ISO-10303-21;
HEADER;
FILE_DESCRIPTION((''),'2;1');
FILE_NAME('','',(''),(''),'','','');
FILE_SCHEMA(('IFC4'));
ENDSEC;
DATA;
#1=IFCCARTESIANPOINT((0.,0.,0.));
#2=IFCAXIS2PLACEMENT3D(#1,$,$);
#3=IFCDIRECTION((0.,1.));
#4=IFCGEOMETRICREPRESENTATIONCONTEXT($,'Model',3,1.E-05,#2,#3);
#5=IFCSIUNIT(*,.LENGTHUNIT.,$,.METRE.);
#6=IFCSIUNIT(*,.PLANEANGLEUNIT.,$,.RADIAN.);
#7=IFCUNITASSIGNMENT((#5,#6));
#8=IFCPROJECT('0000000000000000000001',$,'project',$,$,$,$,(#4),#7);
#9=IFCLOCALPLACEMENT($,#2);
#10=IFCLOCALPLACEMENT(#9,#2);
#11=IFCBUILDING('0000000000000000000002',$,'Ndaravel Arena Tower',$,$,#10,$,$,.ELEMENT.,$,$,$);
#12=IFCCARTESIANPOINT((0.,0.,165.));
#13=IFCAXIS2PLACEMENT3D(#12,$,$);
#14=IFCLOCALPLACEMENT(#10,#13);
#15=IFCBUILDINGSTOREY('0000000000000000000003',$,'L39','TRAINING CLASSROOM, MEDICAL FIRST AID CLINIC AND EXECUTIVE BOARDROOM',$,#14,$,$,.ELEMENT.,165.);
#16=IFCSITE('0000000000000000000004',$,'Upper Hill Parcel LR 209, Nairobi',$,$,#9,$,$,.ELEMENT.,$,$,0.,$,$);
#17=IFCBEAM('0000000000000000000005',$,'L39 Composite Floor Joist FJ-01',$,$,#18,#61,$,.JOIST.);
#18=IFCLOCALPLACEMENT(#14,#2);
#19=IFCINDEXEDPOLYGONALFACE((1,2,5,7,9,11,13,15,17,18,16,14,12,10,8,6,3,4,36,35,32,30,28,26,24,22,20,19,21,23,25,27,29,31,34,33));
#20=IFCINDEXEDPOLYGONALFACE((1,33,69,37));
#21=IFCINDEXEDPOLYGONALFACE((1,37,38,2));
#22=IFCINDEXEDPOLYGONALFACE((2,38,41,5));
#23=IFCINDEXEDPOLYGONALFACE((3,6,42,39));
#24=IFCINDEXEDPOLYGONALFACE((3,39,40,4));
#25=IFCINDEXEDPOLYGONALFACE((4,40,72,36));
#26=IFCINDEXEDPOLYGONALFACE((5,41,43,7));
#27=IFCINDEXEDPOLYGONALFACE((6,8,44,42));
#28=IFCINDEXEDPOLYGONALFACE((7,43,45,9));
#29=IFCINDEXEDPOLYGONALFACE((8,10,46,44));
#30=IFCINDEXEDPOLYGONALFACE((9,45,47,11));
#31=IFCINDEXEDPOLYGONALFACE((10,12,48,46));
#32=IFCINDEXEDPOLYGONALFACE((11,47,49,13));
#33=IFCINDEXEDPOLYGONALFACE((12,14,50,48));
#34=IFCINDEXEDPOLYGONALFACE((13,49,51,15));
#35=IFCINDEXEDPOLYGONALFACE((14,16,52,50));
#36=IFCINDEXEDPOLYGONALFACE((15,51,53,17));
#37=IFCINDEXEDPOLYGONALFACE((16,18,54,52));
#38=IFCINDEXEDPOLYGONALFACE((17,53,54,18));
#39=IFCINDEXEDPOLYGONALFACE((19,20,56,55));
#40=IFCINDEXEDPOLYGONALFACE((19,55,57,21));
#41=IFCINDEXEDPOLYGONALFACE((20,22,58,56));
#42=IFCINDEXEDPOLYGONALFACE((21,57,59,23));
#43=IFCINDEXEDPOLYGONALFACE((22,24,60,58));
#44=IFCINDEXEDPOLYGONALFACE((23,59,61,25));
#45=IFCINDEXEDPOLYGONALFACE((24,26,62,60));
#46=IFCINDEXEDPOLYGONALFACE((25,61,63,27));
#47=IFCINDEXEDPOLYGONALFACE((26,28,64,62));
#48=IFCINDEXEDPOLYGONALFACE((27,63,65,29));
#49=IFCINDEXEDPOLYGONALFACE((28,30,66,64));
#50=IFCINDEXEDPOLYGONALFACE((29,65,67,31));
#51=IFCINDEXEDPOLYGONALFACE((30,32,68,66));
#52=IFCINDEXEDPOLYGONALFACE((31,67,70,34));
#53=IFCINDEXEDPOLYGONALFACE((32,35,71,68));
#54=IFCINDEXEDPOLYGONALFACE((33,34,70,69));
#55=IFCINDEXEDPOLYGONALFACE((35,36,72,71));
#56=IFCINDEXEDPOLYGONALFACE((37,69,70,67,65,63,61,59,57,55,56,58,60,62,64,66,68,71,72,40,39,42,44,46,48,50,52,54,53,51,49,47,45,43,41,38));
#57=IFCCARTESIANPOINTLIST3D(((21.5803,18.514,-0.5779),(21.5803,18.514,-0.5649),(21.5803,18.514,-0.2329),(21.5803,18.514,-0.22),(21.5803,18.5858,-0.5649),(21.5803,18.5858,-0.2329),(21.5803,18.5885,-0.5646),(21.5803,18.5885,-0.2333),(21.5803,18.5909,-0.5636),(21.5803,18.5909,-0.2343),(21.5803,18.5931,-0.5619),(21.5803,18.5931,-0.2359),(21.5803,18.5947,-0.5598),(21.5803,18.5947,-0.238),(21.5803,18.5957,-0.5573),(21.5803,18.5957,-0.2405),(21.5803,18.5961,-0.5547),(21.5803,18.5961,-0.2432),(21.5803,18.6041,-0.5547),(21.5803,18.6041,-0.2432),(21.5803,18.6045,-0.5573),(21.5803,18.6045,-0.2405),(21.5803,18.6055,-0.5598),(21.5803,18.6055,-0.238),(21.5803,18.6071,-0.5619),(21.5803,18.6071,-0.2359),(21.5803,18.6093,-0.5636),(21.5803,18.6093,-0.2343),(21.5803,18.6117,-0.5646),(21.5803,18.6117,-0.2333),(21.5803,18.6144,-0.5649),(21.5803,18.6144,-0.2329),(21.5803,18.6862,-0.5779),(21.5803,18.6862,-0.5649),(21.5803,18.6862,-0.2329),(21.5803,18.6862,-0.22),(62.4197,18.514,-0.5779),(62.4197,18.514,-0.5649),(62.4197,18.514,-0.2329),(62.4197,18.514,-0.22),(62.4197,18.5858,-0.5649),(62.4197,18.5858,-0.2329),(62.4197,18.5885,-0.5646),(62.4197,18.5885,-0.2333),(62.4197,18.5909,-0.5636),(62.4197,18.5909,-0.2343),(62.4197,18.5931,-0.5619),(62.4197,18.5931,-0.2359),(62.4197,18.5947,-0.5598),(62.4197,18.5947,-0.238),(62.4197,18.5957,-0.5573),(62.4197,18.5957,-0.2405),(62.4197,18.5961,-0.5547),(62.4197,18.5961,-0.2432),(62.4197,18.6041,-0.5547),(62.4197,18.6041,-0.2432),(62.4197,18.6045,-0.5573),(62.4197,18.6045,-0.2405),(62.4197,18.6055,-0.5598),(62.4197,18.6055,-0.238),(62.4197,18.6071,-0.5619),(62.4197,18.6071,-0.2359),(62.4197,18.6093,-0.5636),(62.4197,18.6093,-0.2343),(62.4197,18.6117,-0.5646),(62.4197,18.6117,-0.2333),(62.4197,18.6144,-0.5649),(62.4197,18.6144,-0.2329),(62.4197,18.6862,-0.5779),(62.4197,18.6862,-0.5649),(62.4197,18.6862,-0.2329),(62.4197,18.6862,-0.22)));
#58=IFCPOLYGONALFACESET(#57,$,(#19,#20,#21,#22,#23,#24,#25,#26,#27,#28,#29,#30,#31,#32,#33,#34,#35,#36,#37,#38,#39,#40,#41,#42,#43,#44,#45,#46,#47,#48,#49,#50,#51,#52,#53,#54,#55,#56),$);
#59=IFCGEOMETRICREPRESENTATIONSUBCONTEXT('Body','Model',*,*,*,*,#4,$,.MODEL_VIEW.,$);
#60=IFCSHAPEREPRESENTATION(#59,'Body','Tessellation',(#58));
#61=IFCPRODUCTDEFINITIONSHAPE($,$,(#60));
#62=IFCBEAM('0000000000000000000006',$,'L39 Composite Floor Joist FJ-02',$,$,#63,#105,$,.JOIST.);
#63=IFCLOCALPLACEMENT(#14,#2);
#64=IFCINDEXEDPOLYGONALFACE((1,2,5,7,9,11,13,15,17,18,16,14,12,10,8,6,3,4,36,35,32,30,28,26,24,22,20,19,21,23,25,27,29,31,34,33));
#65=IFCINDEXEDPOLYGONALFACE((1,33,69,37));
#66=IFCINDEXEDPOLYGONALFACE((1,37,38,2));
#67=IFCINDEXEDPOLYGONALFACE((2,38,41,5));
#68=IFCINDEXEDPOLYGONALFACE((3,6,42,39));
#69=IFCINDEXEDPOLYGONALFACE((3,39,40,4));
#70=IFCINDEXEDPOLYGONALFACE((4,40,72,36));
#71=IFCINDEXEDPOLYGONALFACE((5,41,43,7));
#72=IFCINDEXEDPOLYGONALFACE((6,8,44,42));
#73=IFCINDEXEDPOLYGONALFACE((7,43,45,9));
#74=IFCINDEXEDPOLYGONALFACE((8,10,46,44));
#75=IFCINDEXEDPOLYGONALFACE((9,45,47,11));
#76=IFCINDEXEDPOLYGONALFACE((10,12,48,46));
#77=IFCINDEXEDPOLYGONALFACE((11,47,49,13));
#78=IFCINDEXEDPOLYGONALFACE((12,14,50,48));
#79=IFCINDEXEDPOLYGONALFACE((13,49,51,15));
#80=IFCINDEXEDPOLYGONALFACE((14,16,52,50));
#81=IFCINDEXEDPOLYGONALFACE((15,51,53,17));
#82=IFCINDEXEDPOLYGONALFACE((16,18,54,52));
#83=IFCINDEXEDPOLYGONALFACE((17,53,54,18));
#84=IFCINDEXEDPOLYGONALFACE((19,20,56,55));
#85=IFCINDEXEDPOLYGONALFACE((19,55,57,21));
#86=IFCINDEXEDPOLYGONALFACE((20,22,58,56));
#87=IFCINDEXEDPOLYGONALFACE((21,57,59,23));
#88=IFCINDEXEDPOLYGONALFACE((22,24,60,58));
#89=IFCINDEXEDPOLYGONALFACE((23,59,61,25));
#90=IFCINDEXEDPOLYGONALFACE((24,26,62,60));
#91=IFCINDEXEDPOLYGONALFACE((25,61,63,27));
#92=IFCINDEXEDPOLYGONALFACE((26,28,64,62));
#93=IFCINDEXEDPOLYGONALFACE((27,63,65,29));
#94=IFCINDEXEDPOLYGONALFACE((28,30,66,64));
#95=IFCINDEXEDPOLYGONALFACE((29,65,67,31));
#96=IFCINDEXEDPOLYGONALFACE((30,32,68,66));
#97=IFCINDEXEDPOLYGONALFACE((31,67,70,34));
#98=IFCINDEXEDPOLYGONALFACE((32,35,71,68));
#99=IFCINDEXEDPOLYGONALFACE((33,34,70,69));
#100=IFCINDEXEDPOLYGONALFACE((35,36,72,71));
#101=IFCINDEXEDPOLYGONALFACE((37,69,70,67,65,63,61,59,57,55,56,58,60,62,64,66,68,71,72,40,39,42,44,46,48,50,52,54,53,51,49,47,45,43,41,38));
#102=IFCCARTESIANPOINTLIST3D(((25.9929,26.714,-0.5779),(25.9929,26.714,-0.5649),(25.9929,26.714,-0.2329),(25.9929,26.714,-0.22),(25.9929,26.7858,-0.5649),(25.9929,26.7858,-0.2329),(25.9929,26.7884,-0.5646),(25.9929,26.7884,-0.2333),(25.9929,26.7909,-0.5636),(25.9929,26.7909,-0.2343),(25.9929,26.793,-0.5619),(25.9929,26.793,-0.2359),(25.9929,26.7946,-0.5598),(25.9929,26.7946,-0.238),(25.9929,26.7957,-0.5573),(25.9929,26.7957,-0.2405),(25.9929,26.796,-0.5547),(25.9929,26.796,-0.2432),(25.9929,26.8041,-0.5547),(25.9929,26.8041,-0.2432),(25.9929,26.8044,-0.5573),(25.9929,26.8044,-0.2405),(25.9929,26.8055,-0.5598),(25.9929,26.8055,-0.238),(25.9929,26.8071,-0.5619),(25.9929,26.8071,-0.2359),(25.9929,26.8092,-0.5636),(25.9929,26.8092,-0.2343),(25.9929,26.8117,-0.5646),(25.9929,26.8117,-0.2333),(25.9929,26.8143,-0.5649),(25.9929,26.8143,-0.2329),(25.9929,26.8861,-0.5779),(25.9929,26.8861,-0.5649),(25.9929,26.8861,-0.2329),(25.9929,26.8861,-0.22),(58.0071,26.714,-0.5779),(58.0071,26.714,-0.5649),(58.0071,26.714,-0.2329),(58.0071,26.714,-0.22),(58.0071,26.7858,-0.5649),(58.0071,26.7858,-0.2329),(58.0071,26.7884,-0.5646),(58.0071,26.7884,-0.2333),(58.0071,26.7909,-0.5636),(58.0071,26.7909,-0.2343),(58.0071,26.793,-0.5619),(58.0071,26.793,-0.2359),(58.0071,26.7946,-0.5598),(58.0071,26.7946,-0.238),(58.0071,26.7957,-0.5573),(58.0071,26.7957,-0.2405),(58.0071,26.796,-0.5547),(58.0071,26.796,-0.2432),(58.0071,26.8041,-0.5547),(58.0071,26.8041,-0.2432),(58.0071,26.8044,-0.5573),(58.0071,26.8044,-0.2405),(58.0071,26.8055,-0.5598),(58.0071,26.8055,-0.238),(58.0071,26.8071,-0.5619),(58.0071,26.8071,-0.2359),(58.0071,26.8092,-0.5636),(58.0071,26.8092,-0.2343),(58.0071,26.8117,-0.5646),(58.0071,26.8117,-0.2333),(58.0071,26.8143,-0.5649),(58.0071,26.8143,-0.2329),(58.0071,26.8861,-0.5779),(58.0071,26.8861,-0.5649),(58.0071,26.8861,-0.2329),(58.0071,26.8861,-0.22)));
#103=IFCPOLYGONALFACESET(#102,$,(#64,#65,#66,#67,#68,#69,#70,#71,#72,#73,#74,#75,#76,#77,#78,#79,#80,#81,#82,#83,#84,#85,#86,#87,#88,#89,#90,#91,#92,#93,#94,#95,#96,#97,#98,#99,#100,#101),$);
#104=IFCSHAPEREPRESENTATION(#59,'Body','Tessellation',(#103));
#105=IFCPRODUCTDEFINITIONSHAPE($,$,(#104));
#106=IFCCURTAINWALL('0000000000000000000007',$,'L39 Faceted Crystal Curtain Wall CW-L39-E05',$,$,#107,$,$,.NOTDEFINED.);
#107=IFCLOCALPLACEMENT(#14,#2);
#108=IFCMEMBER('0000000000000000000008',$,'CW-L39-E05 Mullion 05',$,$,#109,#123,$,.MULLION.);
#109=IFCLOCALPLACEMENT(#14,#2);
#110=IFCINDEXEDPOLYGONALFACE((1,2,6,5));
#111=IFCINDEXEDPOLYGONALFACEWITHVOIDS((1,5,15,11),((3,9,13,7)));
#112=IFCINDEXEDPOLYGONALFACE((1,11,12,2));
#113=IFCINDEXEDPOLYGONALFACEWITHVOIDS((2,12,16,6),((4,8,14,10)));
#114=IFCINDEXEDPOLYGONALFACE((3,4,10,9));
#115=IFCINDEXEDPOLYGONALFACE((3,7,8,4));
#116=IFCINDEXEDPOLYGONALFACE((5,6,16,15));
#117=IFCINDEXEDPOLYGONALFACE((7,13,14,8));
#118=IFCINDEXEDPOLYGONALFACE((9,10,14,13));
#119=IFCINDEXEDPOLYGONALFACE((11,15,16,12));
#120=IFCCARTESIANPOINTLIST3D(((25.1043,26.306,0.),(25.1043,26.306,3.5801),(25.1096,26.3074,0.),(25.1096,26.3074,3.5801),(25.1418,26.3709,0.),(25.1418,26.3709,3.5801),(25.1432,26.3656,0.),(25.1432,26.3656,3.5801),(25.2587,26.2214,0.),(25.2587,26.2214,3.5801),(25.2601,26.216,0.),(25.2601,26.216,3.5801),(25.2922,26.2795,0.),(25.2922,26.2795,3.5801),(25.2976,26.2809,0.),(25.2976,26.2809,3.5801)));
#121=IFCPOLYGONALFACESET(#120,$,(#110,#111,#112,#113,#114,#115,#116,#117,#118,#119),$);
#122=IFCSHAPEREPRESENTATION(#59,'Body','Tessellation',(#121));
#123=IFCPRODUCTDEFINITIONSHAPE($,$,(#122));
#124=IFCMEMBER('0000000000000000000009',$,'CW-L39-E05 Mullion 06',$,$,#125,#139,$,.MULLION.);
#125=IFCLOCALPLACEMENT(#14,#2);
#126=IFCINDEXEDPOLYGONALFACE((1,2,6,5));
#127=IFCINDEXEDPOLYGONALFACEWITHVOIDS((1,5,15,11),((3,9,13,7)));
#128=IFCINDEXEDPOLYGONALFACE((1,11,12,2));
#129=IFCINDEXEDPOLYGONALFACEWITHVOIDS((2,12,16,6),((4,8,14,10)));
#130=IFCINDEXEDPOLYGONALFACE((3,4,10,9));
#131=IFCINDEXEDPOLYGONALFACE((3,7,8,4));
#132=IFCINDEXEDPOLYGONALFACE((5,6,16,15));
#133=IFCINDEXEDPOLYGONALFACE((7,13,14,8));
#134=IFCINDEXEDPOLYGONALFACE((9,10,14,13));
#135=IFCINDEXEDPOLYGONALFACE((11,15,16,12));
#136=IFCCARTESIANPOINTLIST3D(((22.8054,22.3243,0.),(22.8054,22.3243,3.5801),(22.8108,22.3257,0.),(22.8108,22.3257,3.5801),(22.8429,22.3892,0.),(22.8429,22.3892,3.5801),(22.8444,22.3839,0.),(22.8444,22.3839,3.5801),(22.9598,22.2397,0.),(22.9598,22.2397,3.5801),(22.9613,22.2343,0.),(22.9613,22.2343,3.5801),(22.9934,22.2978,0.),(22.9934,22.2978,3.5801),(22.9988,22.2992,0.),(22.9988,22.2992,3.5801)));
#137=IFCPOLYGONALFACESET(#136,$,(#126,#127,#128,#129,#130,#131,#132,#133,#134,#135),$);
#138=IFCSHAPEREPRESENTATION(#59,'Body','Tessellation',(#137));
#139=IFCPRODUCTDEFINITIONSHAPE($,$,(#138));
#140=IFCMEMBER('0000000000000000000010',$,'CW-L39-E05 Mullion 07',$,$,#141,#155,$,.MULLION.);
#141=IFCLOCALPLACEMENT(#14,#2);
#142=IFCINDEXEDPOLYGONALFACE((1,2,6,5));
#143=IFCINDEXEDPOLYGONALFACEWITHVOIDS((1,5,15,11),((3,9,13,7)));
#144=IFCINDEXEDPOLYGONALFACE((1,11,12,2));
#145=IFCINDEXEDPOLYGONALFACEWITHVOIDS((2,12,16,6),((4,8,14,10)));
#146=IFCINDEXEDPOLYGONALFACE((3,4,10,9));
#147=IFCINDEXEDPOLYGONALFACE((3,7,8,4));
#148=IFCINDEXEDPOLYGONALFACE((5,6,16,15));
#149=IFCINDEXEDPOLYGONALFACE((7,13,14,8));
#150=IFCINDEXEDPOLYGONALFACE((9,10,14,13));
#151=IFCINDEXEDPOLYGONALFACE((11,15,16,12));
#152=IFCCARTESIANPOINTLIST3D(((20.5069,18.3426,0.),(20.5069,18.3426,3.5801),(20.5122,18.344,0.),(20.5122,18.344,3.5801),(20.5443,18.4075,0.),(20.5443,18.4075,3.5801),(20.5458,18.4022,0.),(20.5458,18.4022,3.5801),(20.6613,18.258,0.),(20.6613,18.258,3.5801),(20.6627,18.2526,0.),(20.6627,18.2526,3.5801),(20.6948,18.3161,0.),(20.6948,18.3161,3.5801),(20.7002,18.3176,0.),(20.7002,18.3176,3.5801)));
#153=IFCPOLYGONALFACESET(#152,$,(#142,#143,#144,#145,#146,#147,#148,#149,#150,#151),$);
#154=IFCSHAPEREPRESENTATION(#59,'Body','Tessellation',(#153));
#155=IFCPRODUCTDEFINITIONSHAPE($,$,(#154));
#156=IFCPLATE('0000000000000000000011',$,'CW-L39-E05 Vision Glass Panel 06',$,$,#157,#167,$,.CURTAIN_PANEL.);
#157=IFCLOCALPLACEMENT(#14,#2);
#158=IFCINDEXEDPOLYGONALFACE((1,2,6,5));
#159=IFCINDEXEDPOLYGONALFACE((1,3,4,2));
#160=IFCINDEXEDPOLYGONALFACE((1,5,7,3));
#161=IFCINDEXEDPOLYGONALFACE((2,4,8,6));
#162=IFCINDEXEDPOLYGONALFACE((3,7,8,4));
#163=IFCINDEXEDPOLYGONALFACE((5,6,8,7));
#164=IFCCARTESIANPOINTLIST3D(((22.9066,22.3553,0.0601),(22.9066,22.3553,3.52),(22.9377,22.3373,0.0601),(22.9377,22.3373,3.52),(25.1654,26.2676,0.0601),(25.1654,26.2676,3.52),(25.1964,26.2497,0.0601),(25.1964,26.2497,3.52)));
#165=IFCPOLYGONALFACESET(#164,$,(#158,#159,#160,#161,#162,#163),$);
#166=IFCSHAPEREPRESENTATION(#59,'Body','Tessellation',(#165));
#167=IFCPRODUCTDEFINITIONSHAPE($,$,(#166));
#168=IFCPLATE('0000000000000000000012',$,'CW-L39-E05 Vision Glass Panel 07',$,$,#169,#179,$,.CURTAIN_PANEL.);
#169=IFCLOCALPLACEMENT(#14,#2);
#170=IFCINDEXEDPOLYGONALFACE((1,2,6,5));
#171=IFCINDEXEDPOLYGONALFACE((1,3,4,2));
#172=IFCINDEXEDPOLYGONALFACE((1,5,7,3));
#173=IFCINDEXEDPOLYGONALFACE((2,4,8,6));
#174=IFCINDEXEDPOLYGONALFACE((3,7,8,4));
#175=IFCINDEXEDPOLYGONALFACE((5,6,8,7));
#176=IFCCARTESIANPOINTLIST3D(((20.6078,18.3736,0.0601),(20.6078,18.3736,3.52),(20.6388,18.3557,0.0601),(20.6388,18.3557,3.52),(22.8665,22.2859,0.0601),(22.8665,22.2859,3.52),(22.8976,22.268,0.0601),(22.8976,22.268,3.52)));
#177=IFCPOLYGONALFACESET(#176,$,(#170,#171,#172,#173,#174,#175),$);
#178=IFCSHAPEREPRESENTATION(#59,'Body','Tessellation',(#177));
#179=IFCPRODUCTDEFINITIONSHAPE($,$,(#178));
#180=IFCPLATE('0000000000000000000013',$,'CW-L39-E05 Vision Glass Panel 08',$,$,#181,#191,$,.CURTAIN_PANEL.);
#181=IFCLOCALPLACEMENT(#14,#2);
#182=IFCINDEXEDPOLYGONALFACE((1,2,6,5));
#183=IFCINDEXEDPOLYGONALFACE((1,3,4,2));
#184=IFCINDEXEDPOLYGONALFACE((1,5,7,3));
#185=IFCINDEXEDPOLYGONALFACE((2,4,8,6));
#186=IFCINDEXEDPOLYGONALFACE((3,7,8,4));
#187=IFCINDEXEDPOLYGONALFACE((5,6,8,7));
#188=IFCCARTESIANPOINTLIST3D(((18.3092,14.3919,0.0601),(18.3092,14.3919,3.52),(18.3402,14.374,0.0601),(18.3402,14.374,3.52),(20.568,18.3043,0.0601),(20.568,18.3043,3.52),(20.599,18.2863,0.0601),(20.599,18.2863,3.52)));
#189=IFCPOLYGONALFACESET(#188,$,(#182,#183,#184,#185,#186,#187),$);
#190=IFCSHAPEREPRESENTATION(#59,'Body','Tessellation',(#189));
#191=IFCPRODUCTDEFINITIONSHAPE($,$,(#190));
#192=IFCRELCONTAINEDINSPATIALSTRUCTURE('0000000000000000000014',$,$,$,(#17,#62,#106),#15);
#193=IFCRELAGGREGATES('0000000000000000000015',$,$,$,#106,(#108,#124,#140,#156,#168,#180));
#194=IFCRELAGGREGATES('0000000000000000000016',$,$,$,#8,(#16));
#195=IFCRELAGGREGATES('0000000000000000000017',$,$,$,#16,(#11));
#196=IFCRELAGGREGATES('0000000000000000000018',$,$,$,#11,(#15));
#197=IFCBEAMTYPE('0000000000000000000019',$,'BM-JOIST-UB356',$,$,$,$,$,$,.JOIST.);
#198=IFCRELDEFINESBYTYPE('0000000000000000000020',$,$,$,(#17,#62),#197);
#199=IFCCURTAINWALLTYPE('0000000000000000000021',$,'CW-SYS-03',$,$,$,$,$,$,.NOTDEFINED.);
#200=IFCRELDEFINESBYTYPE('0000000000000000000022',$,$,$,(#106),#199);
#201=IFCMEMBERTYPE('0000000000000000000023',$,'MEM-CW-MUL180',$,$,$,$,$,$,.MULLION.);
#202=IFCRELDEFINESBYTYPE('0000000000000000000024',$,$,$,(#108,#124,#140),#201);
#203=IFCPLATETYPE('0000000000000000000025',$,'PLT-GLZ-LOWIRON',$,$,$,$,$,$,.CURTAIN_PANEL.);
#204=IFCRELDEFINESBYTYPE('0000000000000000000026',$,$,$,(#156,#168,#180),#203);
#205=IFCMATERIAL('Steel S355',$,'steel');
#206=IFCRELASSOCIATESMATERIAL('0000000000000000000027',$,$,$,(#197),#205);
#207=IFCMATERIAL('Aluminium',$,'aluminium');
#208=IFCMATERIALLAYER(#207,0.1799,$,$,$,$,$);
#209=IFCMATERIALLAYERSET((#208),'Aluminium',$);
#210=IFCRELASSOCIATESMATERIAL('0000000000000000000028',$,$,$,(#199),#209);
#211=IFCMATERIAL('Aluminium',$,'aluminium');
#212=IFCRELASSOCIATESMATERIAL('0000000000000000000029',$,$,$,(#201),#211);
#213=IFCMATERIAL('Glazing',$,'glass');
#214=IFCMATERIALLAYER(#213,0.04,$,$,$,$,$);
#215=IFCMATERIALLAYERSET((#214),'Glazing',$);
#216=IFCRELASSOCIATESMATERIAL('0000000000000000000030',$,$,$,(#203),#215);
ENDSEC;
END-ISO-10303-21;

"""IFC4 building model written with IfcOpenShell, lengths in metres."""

from ifc_helpers import new_model, si_unit, direction, frame, origin, origin_2d, place, context, subcontext, project, spatial, rectangle, hollow_rectangle, i_section, extrude, material, layer, layer_set, material_profile, profile_set, type_object, element, aggregate, save


model = new_model("IFC4")

# Units and contexts
model_context = context("Model", 3, precision=1e-05, world=origin(), true_north=direction((0.0, 1.0)))
body_context = subcontext(model_context, "Body", "Model", "MODEL_VIEW")
ifc_project = project(units=[si_unit("LENGTHUNIT", "METRE"), si_unit("PLANEANGLEUNIT", "RADIAN")], contexts=[model_context])

# Site, building, storey
site_placement = place(None, origin())
site = spatial("IfcSite", under=ifc_project, at=site_placement, Name="Upper Hill Parcel LR 209, Nairobi", CompositionType="ELEMENT", RefElevation=0.0)
building_placement = place(site_placement, origin())
building = spatial("IfcBuilding", under=site, at=building_placement, Name="Ndaravel Arena Tower", CompositionType="ELEMENT")
storey_placement = place(building_placement, frame((0.0, 0.0, 165.0)))
storey = spatial("IfcBuildingStorey", under=building, at=storey_placement, Name="L39", Description="TRAINING CLASSROOM, MEDICAL FIRST AID CLINIC AND EXECUTIVE BOARDROOM", CompositionType="ELEMENT", Elevation=165.0)

# Beams
ifc_material_1 = material(Name="Steel S355", Category="steel")
ifc_material_profile_1 = material_profile(ifc_material_1, i_section(OverallWidth=0.1721, OverallDepth=0.3579, WebThickness=0.0081, FlangeThickness=0.0129, FilletRadius=0.0103, at=origin_2d()), Name="UB 356x171x57")
ifc_profile_set_1 = profile_set([ifc_material_profile_1], Name="Steel S355")
beam_type = type_object("IfcBeamType", Name="BM-JOIST-UB356", PredefinedType="JOIST", material=ifc_profile_set_1)
beam_1_placement = place(storey_placement, frame((21.5803, 18.6001, -0.3989), z_axis=(1.0, 0.0, 0.0), x_axis=(0.0, 1.0, 0.0)))
element("IfcBeam", 1, at=beam_1_placement, inside=storey, type_object=beam_type, Name="L39 Composite Floor Joist FJ-01", PredefinedType="JOIST", context=body_context, shape_type="SweptSolid", body=[
    extrude(i_section(OverallWidth=0.1721, OverallDepth=0.3579, WebThickness=0.0081, FlangeThickness=0.0129, FilletRadius=0.0103, at=origin_2d()), origin(), (0.0, 0.0, 1.0), 40.8394),
])
beam_2_placement = place(storey_placement, frame((25.9929, 26.8, -0.3989), z_axis=(1.0, 0.0, 0.0), x_axis=(0.0, 1.0, 0.0)))
element("IfcBeam", 2, at=beam_2_placement, inside=storey, type_object=beam_type, Name="L39 Composite Floor Joist FJ-02", PredefinedType="JOIST", context=body_context, shape_type="SweptSolid", body=[
    extrude(i_section(OverallWidth=0.1721, OverallDepth=0.3579, WebThickness=0.0081, FlangeThickness=0.0129, FilletRadius=0.0103, at=origin_2d()), origin(), (0.0, 0.0, 1.0), 32.0142),
])

# Curtain wall, members, plates
ifc_material_2 = material(Name="Aluminium", Category="aluminium")
ifc_layer_1 = layer(ifc_material_2, 0.1799)
ifc_layer_set_1 = layer_set([ifc_layer_1], Name="Aluminium")
curtain_wall_type = type_object("IfcCurtainWallType", Name="CW-SYS-03", PredefinedType="NOTDEFINED", material=ifc_layer_set_1)
curtain_wall_placement = place(storey_placement, origin())
curtain_wall = element("IfcCurtainWall", 3, at=curtain_wall_placement, inside=storey, type_object=curtain_wall_type, Name="L39 Faceted Crystal Curtain Wall CW-L39-E05", PredefinedType="NOTDEFINED")
ifc_material_3 = material(Name="Aluminium", Category="aluminium")
ifc_material_profile_2 = material_profile(ifc_material_3, hollow_rectangle(XDim=0.075, YDim=0.1799, WallThickness=0.0039, at=origin_2d()), Name="CW MULLION 75x180x4")
ifc_profile_set_2 = profile_set([ifc_material_profile_2], Name="Aluminium")
member_type = type_object("IfcMemberType", Name="MEM-CW-MUL180", PredefinedType="MULLION", material=ifc_profile_set_2)
member_1_placement = place(storey_placement, frame((25.2009, 26.2935, 0.0), z_axis=(0.0, 0.0, 1.0), x_axis=(-0.5, -0.866025, 0.0)))
member_1 = element("IfcMember", 4, at=member_1_placement, type_object=member_type, Name="CW-L39-E05 Mullion 05", PredefinedType="MULLION", context=body_context, shape_type="SweptSolid", body=[
    extrude(hollow_rectangle(XDim=0.075, YDim=0.1799, WallThickness=0.0039, at=origin_2d()), origin(), (0.0, 0.0, 1.0), 3.5801),
])
member_2_placement = place(storey_placement, frame((22.9021, 22.3118, 0.0), z_axis=(0.0, 0.0, 1.0), x_axis=(-0.5, -0.866025, 0.0)))
member_2 = element("IfcMember", 5, at=member_2_placement, type_object=member_type, Name="CW-L39-E05 Mullion 06", PredefinedType="MULLION", context=body_context, shape_type="SweptSolid", body=[
    extrude(hollow_rectangle(XDim=0.075, YDim=0.1799, WallThickness=0.0039, at=origin_2d()), origin(), (0.0, 0.0, 1.0), 3.5801),
])
member_3_placement = place(storey_placement, frame((20.6035, 18.3301, 0.0), z_axis=(0.0, 0.0, 1.0), x_axis=(-0.5, -0.866025, 0.0)))
member_3 = element("IfcMember", 6, at=member_3_placement, type_object=member_type, Name="CW-L39-E05 Mullion 07", PredefinedType="MULLION", context=body_context, shape_type="SweptSolid", body=[
    extrude(hollow_rectangle(XDim=0.075, YDim=0.1799, WallThickness=0.0039, at=origin_2d()), origin(), (0.0, 0.0, 1.0), 3.5801),
])
ifc_material_4 = material(Name="Glazing", Category="glass")
ifc_layer_2 = layer(ifc_material_4, 0.04)
ifc_layer_set_2 = layer_set([ifc_layer_2], Name="Glazing")
plate_type = type_object("IfcPlateType", Name="PLT-GLZ-LOWIRON", PredefinedType="CURTAIN_PANEL", material=ifc_layer_set_2)
plate_1_placement = place(storey_placement, frame((24.0515, 24.3025, 0.0601), z_axis=(0.0, 0.0, 1.0), x_axis=(-0.5, -0.866025, 0.0)))
plate_1 = element("IfcPlate", 7, at=plate_1_placement, type_object=plate_type, Name="CW-L39-E05 Vision Glass Panel 06", PredefinedType="CURTAIN_PANEL", context=body_context, shape_type="SweptSolid", body=[
    extrude(rectangle(XDim=4.5176, YDim=0.0359, at=origin_2d()), origin(), (0.0, 0.0, 1.0), 3.46),
])
plate_2_placement = place(storey_placement, frame((21.7527, 20.3208, 0.0601), z_axis=(0.0, 0.0, 1.0), x_axis=(-0.5, -0.866025, 0.0)))
plate_2 = element("IfcPlate", 8, at=plate_2_placement, type_object=plate_type, Name="CW-L39-E05 Vision Glass Panel 07", PredefinedType="CURTAIN_PANEL", context=body_context, shape_type="SweptSolid", body=[
    extrude(rectangle(XDim=4.5176, YDim=0.0359, at=origin_2d()), origin(), (0.0, 0.0, 1.0), 3.46),
])
plate_3_placement = place(storey_placement, frame((19.4541, 16.3391, 0.0601), z_axis=(0.0, 0.0, 1.0), x_axis=(-0.5, -0.866025, 0.0)))
plate_3 = element("IfcPlate", 9, at=plate_3_placement, type_object=plate_type, Name="CW-L39-E05 Vision Glass Panel 08", PredefinedType="CURTAIN_PANEL", context=body_context, shape_type="SweptSolid", body=[
    extrude(rectangle(XDim=4.5176, YDim=0.0359, at=origin_2d()), origin(), (0.0, 0.0, 1.0), 3.46),
])
aggregate(curtain_wall, [member_1, member_2, member_3, plate_1, plate_2, plate_3])

save(model, "model.ifc")
